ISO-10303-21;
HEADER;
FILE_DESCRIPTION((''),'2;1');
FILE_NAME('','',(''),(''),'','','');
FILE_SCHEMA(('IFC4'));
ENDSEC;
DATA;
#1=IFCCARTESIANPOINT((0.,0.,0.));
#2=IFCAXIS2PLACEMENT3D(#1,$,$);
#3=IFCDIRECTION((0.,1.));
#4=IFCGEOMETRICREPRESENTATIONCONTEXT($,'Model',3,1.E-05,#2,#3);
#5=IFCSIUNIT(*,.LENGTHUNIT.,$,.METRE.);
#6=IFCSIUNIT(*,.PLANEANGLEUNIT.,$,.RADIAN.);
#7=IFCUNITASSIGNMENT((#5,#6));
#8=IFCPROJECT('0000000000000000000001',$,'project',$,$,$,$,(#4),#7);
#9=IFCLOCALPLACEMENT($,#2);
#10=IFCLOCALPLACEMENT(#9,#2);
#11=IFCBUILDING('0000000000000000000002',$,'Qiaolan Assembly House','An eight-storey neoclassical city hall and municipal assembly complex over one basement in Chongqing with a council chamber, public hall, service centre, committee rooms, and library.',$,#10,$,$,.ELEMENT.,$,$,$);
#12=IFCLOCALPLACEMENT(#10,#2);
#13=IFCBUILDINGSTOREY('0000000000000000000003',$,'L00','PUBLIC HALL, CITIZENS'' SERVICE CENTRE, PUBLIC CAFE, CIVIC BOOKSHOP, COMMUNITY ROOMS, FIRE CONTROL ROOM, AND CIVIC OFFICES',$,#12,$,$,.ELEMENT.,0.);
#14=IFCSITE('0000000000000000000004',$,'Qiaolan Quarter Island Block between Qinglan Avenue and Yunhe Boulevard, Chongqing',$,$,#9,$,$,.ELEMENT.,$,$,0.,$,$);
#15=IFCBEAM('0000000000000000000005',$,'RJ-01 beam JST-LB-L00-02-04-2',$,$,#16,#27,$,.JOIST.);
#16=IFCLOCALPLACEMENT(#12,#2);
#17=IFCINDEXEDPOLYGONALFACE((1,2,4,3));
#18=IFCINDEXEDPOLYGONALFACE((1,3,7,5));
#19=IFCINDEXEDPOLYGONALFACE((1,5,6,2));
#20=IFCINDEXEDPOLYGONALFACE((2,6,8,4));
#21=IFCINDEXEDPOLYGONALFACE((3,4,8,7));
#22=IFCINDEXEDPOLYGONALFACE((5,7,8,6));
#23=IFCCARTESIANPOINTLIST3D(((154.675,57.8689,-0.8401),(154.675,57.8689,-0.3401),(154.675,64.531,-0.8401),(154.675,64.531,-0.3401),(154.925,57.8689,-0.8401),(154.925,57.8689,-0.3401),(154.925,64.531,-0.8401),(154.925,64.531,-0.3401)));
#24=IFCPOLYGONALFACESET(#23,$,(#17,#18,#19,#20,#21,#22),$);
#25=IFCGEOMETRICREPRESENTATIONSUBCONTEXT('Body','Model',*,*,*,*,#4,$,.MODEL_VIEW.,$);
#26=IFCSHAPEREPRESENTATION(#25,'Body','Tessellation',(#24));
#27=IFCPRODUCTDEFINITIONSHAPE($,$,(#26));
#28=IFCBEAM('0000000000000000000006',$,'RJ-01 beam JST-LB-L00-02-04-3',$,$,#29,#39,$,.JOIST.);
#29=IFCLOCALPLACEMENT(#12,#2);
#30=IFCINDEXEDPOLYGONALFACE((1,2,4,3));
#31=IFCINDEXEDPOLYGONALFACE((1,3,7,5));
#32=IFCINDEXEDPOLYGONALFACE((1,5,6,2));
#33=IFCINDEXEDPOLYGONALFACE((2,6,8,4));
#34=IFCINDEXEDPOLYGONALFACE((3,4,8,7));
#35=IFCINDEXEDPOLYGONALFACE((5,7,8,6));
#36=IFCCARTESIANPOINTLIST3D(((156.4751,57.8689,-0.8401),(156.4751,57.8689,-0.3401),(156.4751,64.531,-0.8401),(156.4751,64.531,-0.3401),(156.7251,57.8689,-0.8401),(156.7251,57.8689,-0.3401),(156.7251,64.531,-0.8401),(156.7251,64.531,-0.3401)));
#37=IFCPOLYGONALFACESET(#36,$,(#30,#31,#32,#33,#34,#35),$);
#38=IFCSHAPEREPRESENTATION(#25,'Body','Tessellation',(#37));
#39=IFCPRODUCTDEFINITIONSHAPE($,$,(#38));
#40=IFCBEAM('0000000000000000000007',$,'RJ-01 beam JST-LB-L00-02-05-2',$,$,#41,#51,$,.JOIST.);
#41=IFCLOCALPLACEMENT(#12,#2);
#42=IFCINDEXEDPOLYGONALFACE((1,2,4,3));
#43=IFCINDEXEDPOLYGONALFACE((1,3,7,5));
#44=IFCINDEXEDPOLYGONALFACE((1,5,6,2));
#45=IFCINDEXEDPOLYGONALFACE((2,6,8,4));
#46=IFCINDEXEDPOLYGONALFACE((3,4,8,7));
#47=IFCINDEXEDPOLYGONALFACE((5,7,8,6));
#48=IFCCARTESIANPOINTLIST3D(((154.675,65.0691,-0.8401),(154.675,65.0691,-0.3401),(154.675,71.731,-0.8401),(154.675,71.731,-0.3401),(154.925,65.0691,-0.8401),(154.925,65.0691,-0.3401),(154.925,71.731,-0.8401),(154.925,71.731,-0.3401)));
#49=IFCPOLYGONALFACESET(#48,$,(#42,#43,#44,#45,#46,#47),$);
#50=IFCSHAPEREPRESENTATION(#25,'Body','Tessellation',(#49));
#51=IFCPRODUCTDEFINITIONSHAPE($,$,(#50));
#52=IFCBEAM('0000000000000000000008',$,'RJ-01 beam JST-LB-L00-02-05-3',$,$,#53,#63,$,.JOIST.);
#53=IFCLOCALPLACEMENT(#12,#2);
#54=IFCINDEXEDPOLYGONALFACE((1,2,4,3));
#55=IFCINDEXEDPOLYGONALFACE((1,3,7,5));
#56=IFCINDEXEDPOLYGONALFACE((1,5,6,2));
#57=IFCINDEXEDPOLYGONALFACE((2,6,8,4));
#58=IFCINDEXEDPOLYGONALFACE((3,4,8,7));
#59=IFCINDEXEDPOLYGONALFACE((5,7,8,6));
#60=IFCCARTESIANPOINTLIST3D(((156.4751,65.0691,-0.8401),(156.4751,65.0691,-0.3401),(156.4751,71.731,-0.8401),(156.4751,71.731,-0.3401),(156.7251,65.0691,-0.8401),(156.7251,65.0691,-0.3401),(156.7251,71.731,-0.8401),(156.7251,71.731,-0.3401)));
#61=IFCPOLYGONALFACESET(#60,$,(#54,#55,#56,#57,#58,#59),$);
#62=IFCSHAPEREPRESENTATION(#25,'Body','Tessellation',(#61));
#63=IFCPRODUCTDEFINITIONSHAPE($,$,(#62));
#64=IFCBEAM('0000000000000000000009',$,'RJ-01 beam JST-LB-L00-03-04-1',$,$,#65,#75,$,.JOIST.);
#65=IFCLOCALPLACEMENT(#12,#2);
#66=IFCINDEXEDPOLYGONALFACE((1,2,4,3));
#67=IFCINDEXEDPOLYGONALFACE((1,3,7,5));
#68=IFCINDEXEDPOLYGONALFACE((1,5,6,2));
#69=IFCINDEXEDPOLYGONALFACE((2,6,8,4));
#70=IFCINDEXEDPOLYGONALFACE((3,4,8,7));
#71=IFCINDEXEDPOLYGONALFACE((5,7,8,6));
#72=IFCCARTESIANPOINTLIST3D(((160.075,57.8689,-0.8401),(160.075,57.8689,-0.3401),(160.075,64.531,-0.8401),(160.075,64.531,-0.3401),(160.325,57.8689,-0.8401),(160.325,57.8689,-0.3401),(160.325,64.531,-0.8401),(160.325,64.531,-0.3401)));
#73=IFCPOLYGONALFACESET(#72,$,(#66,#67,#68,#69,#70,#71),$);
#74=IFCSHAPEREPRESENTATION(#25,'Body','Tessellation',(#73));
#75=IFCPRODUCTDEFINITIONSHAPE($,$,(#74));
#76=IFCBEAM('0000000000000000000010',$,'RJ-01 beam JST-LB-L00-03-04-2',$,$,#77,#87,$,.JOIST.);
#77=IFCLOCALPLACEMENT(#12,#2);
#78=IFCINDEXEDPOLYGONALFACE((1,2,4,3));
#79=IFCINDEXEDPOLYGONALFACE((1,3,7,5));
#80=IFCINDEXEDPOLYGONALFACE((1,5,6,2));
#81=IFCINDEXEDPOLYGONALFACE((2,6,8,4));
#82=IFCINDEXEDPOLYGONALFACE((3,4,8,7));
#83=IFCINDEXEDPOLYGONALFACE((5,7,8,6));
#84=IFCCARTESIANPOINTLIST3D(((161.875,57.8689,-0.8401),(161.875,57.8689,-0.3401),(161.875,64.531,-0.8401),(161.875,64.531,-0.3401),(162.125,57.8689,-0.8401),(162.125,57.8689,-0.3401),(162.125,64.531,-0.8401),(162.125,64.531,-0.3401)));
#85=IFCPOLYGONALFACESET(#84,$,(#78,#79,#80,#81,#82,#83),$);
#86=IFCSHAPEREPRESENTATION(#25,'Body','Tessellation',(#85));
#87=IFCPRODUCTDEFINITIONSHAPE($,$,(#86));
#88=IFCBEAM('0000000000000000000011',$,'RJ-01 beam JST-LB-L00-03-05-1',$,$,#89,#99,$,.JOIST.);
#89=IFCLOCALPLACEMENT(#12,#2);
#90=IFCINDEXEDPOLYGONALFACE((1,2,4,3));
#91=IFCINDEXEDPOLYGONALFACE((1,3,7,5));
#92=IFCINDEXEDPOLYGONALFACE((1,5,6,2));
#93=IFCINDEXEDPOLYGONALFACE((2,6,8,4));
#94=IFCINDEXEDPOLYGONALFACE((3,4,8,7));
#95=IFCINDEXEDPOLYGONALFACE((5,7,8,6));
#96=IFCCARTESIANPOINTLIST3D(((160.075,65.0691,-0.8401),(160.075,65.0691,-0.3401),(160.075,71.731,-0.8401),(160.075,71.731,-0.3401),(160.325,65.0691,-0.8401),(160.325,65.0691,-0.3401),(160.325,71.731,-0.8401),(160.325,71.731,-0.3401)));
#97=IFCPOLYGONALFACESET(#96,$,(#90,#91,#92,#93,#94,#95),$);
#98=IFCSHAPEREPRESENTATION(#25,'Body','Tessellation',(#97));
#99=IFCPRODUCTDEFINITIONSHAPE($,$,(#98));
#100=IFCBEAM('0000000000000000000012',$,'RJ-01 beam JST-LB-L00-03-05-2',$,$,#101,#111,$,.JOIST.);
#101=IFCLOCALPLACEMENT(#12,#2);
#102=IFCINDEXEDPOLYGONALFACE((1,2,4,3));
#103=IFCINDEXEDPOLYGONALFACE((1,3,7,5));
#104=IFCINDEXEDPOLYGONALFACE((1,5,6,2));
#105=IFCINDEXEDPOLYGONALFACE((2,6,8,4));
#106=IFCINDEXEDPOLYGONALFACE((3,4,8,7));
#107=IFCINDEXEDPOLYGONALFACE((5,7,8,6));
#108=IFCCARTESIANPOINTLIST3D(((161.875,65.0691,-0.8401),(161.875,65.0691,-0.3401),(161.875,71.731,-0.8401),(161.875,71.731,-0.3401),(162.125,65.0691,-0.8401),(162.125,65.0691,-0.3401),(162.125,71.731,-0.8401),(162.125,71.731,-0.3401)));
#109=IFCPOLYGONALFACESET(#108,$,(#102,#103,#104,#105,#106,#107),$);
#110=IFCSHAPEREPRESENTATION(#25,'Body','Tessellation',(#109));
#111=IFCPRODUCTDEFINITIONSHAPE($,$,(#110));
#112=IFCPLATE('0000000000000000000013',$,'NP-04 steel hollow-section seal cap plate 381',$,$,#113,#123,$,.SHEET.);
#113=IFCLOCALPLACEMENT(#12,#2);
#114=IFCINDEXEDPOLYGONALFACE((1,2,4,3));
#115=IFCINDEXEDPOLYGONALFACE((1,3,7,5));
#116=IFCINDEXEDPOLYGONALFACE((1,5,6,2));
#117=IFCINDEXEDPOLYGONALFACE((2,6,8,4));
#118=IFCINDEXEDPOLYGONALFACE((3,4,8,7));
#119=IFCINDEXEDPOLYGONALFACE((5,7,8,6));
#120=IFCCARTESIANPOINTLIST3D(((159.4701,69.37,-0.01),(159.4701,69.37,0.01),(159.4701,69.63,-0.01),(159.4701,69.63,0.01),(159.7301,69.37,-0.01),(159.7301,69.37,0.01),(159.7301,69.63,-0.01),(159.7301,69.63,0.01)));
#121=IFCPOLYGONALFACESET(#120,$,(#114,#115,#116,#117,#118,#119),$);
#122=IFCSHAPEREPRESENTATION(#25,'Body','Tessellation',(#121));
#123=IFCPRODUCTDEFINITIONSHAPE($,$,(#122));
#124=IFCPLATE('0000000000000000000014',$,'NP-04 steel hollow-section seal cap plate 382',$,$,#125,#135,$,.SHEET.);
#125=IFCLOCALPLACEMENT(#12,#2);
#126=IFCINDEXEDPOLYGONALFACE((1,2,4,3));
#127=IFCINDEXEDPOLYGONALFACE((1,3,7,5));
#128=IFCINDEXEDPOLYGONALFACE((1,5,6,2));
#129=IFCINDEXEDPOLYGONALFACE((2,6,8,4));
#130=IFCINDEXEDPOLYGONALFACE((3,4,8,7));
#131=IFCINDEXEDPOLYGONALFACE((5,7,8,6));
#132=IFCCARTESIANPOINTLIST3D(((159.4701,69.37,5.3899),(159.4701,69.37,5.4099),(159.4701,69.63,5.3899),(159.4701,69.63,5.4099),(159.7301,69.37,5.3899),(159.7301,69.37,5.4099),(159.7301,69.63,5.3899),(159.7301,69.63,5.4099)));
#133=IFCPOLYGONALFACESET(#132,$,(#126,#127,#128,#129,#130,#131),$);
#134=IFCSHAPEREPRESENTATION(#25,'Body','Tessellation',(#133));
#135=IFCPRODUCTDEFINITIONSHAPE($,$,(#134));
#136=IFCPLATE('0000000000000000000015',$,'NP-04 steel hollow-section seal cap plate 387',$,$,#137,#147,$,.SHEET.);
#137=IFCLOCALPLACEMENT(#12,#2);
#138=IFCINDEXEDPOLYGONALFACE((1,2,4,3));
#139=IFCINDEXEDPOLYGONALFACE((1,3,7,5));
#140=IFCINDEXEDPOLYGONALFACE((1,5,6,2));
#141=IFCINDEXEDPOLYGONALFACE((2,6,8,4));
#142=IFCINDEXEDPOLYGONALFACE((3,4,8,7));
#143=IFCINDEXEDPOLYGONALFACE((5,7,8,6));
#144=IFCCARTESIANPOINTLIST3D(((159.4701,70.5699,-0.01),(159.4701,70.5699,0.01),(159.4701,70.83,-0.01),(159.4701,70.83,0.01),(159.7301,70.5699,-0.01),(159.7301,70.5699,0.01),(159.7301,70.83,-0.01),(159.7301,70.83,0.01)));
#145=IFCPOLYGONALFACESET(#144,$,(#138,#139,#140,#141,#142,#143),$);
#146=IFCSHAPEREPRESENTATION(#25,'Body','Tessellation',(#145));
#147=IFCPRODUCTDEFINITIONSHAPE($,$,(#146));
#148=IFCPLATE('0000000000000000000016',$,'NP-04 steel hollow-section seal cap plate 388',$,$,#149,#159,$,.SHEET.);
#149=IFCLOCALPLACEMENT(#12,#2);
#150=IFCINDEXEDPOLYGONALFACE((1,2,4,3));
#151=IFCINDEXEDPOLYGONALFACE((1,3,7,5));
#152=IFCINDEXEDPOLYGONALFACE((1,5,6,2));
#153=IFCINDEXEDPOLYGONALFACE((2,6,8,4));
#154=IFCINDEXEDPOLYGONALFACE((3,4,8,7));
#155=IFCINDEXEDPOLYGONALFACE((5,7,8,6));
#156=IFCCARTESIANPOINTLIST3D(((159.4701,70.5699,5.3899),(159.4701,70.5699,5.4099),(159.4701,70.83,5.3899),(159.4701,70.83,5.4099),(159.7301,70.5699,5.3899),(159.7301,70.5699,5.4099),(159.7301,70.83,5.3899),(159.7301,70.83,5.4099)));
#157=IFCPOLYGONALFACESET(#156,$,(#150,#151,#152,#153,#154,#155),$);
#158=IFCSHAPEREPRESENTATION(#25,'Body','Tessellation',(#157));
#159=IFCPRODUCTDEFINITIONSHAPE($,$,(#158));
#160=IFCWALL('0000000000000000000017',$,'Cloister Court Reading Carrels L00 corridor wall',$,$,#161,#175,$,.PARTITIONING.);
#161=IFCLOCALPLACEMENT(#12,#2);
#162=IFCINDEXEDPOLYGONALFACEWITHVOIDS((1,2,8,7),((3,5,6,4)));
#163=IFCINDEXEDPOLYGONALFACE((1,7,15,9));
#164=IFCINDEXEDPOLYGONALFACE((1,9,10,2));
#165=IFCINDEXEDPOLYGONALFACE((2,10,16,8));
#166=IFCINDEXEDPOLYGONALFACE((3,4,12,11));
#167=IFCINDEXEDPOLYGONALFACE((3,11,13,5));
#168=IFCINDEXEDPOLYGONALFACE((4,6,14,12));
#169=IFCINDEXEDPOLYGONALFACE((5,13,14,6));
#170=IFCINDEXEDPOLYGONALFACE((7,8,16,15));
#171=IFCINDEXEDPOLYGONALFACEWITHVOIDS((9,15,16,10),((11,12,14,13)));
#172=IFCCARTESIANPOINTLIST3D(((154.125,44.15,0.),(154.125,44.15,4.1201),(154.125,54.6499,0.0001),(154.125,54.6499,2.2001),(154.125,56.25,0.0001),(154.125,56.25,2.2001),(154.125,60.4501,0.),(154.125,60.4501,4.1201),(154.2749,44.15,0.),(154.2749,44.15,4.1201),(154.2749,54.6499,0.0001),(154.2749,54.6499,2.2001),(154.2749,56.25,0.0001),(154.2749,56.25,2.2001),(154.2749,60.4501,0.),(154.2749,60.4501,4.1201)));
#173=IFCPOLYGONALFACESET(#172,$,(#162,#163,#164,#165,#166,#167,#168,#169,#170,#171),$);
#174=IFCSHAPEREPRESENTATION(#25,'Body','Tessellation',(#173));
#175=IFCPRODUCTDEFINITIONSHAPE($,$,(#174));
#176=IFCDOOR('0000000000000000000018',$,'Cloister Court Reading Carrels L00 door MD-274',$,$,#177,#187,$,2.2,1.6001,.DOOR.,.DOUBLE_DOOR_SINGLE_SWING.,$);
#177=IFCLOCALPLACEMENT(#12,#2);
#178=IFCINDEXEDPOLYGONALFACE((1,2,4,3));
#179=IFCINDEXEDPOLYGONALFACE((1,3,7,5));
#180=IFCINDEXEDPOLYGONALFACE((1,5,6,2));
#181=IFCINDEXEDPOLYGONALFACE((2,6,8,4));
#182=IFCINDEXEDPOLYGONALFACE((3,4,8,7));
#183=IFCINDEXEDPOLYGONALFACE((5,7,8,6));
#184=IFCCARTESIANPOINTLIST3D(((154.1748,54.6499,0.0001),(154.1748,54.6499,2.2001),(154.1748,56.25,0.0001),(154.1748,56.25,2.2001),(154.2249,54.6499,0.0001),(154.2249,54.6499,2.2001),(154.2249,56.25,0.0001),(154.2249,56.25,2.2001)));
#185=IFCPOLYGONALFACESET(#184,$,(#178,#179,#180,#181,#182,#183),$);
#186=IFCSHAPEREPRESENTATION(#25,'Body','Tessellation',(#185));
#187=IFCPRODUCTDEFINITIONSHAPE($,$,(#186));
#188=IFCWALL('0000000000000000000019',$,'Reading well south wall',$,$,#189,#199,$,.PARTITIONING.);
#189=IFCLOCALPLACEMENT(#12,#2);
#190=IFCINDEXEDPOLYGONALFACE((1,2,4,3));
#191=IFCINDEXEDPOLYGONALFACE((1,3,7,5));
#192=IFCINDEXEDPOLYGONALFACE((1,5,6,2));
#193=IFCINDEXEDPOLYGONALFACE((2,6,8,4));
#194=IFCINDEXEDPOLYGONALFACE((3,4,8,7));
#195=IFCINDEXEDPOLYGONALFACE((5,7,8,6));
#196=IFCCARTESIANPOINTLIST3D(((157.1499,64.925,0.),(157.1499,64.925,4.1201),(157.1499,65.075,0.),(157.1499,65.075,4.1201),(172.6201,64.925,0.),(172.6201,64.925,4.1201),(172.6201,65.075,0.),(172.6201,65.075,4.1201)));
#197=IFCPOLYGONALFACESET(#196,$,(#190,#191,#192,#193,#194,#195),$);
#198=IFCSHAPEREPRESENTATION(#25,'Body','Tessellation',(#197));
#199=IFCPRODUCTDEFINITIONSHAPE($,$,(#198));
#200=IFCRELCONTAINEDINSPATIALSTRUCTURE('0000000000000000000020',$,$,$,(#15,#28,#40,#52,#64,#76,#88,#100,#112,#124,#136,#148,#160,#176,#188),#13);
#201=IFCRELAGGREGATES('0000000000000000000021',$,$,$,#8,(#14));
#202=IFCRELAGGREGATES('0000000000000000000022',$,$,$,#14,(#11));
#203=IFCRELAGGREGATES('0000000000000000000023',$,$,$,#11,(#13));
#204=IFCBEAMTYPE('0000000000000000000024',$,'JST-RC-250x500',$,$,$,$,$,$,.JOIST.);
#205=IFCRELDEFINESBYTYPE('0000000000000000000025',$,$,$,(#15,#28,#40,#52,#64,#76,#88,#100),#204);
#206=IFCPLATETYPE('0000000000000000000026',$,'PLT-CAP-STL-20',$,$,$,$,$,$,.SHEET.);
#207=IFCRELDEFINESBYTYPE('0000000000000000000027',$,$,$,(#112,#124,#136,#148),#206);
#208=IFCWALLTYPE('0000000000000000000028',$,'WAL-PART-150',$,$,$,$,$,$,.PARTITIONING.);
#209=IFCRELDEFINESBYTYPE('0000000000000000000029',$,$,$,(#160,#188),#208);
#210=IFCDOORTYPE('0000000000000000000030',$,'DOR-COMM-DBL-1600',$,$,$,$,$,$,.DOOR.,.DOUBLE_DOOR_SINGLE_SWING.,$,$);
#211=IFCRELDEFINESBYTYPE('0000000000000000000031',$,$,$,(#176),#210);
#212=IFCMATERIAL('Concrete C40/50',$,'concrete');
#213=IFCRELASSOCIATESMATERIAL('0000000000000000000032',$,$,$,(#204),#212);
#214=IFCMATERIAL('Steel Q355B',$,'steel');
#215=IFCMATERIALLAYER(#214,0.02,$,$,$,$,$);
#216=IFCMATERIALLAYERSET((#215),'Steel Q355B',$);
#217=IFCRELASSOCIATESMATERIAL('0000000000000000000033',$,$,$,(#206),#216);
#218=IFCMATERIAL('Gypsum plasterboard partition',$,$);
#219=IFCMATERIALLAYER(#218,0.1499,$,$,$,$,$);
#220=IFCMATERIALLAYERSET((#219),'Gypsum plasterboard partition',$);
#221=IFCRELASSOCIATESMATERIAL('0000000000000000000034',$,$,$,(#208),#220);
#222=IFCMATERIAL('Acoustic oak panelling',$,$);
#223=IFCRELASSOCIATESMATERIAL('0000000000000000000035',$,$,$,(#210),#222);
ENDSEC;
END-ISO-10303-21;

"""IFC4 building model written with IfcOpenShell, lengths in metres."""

from ifc_helpers import new_model, si_unit, direction, frame, frame_2d, origin, origin_2d, place, context, subcontext, project, spatial, rectangle, extrude, material, layer, layer_set, material_profile, profile_set, type_object, element, fill, save


model = new_model("IFC4")

# Units and contexts
model_context = context("Model", 3, precision=1e-05, world=origin(), true_north=direction((0.0, 1.0)))
body_context = subcontext(model_context, "Body", "Model", "MODEL_VIEW")
ifc_project = project(units=[si_unit("LENGTHUNIT", "METRE"), si_unit("PLANEANGLEUNIT", "RADIAN")], contexts=[model_context])

# Site, building, storey
site_placement = place(None, origin())
site = spatial("IfcSite", under=ifc_project, at=site_placement, Name="Qiaolan Quarter Island Block between Qinglan Avenue and Yunhe Boulevard, Chongqing", CompositionType="ELEMENT", RefElevation=0.0)
building_placement = place(site_placement, origin())
building = spatial("IfcBuilding", under=site, at=building_placement, Name="Qiaolan Assembly House", Description="An eight-storey neoclassical city hall and municipal assembly complex over one basement in Chongqing with a council chamber, public hall, service centre, committee rooms, and library.", CompositionType="ELEMENT")
storey_placement = place(building_placement, origin())
storey = spatial("IfcBuildingStorey", under=building, at=storey_placement, Name="L00", Description="PUBLIC HALL, CITIZENS' SERVICE CENTRE, PUBLIC CAFE, CIVIC BOOKSHOP, COMMUNITY ROOMS, FIRE CONTROL ROOM, AND CIVIC OFFICES", CompositionType="ELEMENT", Elevation=0.0)

# Shared definitions
ifc_material_1 = material(Name="Steel Q355B", Category="steel")

# Beams
ifc_material_2 = material(Name="Concrete C40/50", Category="concrete")
ifc_material_profile_1 = material_profile(ifc_material_2, rectangle(XDim=0.25, YDim=0.5, at=origin_2d()), Name="RCB 250x500")
ifc_profile_set_1 = profile_set([ifc_material_profile_1], Name="Concrete C40/50")
beam_type_1 = type_object("IfcBeamType", Name="JST-RC-250x500", PredefinedType="JOIST", material=ifc_profile_set_1)
for number, where, z_axis, x_axis, name in (
    (1, (154.8, 57.8689, -0.5901), (0.0, 1.0, 0.0), (-1.0, 0.0, 0.0), "RJ-01 beam JST-LB-L00-02-04-2"),
    (2, (156.6001, 57.8689, -0.5901), (0.0, 1.0, 0.0), (-1.0, 0.0, 0.0), "RJ-01 beam JST-LB-L00-02-04-3"),
):
    element("IfcBeam", number, at=place(storey_placement, frame(where, z_axis=z_axis, x_axis=x_axis)), inside=storey, type_object=beam_type_1, Name=name, PredefinedType="JOIST", context=body_context, shape_type="SweptSolid", body=[
        extrude(rectangle(XDim=0.25, YDim=0.5, at=origin_2d()), origin(), (0.0, 0.0, 1.0), 6.6621),
    ])
for number, where, z_axis, x_axis, name in (
    (3, (154.8, 65.0691, -0.5901), (0.0, 1.0, 0.0), (-1.0, 0.0, 0.0), "RJ-01 beam JST-LB-L00-02-05-2"),
    (4, (156.6001, 65.0691, -0.5901), (0.0, 1.0, 0.0), (-1.0, 0.0, 0.0), "RJ-01 beam JST-LB-L00-02-05-3"),
):
    element("IfcBeam", number, at=place(storey_placement, frame(where, z_axis=z_axis, x_axis=x_axis)), inside=storey, type_object=beam_type_1, Name=name, PredefinedType="JOIST", context=body_context, shape_type="SweptSolid", body=[
        extrude(rectangle(XDim=0.25, YDim=0.5, at=origin_2d()), origin(), (0.0, 0.0, 1.0), 6.6619),
    ])
for number, where, z_axis, x_axis, name in (
    (5, (160.2, 57.8689, -0.5901), (0.0, 1.0, 0.0), (-1.0, 0.0, 0.0), "RJ-01 beam JST-LB-L00-03-04-1"),
    (6, (162.0, 57.8689, -0.5901), (0.0, 1.0, 0.0), (-1.0, 0.0, 0.0), "RJ-01 beam JST-LB-L00-03-04-2"),
):
    element("IfcBeam", number, at=place(storey_placement, frame(where, z_axis=z_axis, x_axis=x_axis)), inside=storey, type_object=beam_type_1, Name=name, PredefinedType="JOIST", context=body_context, shape_type="SweptSolid", body=[
        extrude(rectangle(XDim=0.25, YDim=0.5, at=origin_2d()), origin(), (0.0, 0.0, 1.0), 6.6621),
    ])
for number, where, z_axis, x_axis, name in (
    (7, (160.2, 65.0691, -0.5901), (0.0, 1.0, 0.0), (-1.0, 0.0, 0.0), "RJ-01 beam JST-LB-L00-03-05-1"),
    (8, (162.0, 65.0691, -0.5901), (0.0, 1.0, 0.0), (-1.0, 0.0, 0.0), "RJ-01 beam JST-LB-L00-03-05-2"),
):
    element("IfcBeam", number, at=place(storey_placement, frame(where, z_axis=z_axis, x_axis=x_axis)), inside=storey, type_object=beam_type_1, Name=name, PredefinedType="JOIST", context=body_context, shape_type="SweptSolid", body=[
        extrude(rectangle(XDim=0.25, YDim=0.5, at=origin_2d()), origin(), (0.0, 0.0, 1.0), 6.6619),
    ])

# Plates
ifc_layer_1 = layer(ifc_material_1, 0.02)
ifc_layer_set_1 = layer_set([ifc_layer_1], Name="Steel Q355B")
plate_type = type_object("IfcPlateType", Name="PLT-CAP-STL-20", PredefinedType="SHEET", material=ifc_layer_set_1)
for number, where, z_axis, x_axis, name in (
    (9, (159.6001, 69.5, -0.01), (0.0, 0.0, 1.0), (1.0, 0.0, 0.0), "NP-04 steel hollow-section seal cap plate 381"),
    (10, (159.6001, 69.5, 5.3899), (0.0, 0.0, 1.0), (1.0, 0.0, 0.0), "NP-04 steel hollow-section seal cap plate 382"),
    (11, (159.6001, 70.7, -0.01), (0.0, 0.0, 1.0), (1.0, 0.0, 0.0), "NP-04 steel hollow-section seal cap plate 387"),
    (12, (159.6001, 70.7, 5.3899), (0.0, 0.0, 1.0), (1.0, 0.0, 0.0), "NP-04 steel hollow-section seal cap plate 388"),
):
    element("IfcPlate", number, at=place(storey_placement, frame(where, z_axis=z_axis, x_axis=x_axis)), inside=storey, type_object=plate_type, Name=name, PredefinedType="SHEET", context=body_context, shape_type="SweptSolid", body=[
        extrude(rectangle(XDim=0.26, YDim=0.26, at=origin_2d()), origin(), (0.0, 0.0, 1.0), 0.02),
    ])

# Wall, opening, door
ifc_material_3 = material(Name="Gypsum plasterboard partition")
ifc_layer_2 = layer(ifc_material_3, 0.1499)
ifc_layer_set_2 = layer_set([ifc_layer_2], Name="Gypsum plasterboard partition")
wall_type = type_object("IfcWallType", Name="WAL-PART-150", PredefinedType="PARTITIONING", material=ifc_layer_set_2)
wall_1_placement = place(storey_placement, frame((154.2, 60.45, 0.0), z_axis=(0.0, 0.0, 1.0), x_axis=(0.0, -1.0, 0.0)))
wall_1 = element("IfcWall", 13, at=wall_1_placement, inside=storey, type_object=wall_type, Name="Cloister Court Reading Carrels L00 corridor wall", PredefinedType="PARTITIONING", context=body_context, shape_type="SweptSolid", body=[
    extrude(rectangle(XDim=16.3, YDim=0.1499, at=frame_2d((8.1499, 0.0))), origin(), (0.0, 0.0, 1.0), 4.1201),
])
opening_placement = place(wall_1_placement, frame((4.2, 0.0, 0.0)))
opening = element("IfcOpeningElement", 14, at=opening_placement, cuts=wall_1, PredefinedType="OPENING", context=body_context, shape_type="SweptSolid", body=[
    extrude(rectangle(XDim=1.6001, YDim=2.2, at=frame_2d((0.8, 1.1001))), frame((0.0, 0.085, 0.0), z_axis=(0.0, -1.0, 0.0), x_axis=(1.0, 0.0, 0.0)), (0.0, 0.0, 1.0), 0.1699),
])
ifc_material_4 = material(Name="Acoustic oak panelling")
door_type = type_object("IfcDoorType", Name="DOR-COMM-DBL-1600", OperationType="DOUBLE_DOOR_SINGLE_SWING", PredefinedType="DOOR", material=ifc_material_4)
door_placement = place(opening_placement, origin())
door = element("IfcDoor", 15, at=door_placement, inside=storey, type_object=door_type, Name="Cloister Court Reading Carrels L00 door MD-274", OperationType="DOUBLE_DOOR_SINGLE_SWING", OverallHeight=2.2, OverallWidth=1.6001, PredefinedType="DOOR", context=body_context, shape_type="SweptSolid", body=[
    extrude(rectangle(XDim=1.6001, YDim=2.2, at=frame_2d((0.8, 1.1001))), frame((0.0, 0.0249, 0.0), z_axis=(0.0, -1.0, 0.0), x_axis=(1.0, 0.0, 0.0)), (0.0, 0.0, 1.0), 0.05),
])
fill(opening, door)

# Wall
wall_2_placement = place(storey_placement, frame((157.1499, 65.0, 0.0), z_axis=(0.0, 0.0, 1.0), x_axis=(1.0, 0.0, 0.0)))
element("IfcWall", 16, at=wall_2_placement, inside=storey, type_object=wall_type, Name="Reading well south wall", PredefinedType="PARTITIONING", context=body_context, shape_type="SweptSolid", body=[
    extrude(rectangle(XDim=15.4702, YDim=0.1499, at=frame_2d((7.7351, 0.0))), origin(), (0.0, 0.0, 1.0), 4.1201),
])

save(model, "model.ifc")
